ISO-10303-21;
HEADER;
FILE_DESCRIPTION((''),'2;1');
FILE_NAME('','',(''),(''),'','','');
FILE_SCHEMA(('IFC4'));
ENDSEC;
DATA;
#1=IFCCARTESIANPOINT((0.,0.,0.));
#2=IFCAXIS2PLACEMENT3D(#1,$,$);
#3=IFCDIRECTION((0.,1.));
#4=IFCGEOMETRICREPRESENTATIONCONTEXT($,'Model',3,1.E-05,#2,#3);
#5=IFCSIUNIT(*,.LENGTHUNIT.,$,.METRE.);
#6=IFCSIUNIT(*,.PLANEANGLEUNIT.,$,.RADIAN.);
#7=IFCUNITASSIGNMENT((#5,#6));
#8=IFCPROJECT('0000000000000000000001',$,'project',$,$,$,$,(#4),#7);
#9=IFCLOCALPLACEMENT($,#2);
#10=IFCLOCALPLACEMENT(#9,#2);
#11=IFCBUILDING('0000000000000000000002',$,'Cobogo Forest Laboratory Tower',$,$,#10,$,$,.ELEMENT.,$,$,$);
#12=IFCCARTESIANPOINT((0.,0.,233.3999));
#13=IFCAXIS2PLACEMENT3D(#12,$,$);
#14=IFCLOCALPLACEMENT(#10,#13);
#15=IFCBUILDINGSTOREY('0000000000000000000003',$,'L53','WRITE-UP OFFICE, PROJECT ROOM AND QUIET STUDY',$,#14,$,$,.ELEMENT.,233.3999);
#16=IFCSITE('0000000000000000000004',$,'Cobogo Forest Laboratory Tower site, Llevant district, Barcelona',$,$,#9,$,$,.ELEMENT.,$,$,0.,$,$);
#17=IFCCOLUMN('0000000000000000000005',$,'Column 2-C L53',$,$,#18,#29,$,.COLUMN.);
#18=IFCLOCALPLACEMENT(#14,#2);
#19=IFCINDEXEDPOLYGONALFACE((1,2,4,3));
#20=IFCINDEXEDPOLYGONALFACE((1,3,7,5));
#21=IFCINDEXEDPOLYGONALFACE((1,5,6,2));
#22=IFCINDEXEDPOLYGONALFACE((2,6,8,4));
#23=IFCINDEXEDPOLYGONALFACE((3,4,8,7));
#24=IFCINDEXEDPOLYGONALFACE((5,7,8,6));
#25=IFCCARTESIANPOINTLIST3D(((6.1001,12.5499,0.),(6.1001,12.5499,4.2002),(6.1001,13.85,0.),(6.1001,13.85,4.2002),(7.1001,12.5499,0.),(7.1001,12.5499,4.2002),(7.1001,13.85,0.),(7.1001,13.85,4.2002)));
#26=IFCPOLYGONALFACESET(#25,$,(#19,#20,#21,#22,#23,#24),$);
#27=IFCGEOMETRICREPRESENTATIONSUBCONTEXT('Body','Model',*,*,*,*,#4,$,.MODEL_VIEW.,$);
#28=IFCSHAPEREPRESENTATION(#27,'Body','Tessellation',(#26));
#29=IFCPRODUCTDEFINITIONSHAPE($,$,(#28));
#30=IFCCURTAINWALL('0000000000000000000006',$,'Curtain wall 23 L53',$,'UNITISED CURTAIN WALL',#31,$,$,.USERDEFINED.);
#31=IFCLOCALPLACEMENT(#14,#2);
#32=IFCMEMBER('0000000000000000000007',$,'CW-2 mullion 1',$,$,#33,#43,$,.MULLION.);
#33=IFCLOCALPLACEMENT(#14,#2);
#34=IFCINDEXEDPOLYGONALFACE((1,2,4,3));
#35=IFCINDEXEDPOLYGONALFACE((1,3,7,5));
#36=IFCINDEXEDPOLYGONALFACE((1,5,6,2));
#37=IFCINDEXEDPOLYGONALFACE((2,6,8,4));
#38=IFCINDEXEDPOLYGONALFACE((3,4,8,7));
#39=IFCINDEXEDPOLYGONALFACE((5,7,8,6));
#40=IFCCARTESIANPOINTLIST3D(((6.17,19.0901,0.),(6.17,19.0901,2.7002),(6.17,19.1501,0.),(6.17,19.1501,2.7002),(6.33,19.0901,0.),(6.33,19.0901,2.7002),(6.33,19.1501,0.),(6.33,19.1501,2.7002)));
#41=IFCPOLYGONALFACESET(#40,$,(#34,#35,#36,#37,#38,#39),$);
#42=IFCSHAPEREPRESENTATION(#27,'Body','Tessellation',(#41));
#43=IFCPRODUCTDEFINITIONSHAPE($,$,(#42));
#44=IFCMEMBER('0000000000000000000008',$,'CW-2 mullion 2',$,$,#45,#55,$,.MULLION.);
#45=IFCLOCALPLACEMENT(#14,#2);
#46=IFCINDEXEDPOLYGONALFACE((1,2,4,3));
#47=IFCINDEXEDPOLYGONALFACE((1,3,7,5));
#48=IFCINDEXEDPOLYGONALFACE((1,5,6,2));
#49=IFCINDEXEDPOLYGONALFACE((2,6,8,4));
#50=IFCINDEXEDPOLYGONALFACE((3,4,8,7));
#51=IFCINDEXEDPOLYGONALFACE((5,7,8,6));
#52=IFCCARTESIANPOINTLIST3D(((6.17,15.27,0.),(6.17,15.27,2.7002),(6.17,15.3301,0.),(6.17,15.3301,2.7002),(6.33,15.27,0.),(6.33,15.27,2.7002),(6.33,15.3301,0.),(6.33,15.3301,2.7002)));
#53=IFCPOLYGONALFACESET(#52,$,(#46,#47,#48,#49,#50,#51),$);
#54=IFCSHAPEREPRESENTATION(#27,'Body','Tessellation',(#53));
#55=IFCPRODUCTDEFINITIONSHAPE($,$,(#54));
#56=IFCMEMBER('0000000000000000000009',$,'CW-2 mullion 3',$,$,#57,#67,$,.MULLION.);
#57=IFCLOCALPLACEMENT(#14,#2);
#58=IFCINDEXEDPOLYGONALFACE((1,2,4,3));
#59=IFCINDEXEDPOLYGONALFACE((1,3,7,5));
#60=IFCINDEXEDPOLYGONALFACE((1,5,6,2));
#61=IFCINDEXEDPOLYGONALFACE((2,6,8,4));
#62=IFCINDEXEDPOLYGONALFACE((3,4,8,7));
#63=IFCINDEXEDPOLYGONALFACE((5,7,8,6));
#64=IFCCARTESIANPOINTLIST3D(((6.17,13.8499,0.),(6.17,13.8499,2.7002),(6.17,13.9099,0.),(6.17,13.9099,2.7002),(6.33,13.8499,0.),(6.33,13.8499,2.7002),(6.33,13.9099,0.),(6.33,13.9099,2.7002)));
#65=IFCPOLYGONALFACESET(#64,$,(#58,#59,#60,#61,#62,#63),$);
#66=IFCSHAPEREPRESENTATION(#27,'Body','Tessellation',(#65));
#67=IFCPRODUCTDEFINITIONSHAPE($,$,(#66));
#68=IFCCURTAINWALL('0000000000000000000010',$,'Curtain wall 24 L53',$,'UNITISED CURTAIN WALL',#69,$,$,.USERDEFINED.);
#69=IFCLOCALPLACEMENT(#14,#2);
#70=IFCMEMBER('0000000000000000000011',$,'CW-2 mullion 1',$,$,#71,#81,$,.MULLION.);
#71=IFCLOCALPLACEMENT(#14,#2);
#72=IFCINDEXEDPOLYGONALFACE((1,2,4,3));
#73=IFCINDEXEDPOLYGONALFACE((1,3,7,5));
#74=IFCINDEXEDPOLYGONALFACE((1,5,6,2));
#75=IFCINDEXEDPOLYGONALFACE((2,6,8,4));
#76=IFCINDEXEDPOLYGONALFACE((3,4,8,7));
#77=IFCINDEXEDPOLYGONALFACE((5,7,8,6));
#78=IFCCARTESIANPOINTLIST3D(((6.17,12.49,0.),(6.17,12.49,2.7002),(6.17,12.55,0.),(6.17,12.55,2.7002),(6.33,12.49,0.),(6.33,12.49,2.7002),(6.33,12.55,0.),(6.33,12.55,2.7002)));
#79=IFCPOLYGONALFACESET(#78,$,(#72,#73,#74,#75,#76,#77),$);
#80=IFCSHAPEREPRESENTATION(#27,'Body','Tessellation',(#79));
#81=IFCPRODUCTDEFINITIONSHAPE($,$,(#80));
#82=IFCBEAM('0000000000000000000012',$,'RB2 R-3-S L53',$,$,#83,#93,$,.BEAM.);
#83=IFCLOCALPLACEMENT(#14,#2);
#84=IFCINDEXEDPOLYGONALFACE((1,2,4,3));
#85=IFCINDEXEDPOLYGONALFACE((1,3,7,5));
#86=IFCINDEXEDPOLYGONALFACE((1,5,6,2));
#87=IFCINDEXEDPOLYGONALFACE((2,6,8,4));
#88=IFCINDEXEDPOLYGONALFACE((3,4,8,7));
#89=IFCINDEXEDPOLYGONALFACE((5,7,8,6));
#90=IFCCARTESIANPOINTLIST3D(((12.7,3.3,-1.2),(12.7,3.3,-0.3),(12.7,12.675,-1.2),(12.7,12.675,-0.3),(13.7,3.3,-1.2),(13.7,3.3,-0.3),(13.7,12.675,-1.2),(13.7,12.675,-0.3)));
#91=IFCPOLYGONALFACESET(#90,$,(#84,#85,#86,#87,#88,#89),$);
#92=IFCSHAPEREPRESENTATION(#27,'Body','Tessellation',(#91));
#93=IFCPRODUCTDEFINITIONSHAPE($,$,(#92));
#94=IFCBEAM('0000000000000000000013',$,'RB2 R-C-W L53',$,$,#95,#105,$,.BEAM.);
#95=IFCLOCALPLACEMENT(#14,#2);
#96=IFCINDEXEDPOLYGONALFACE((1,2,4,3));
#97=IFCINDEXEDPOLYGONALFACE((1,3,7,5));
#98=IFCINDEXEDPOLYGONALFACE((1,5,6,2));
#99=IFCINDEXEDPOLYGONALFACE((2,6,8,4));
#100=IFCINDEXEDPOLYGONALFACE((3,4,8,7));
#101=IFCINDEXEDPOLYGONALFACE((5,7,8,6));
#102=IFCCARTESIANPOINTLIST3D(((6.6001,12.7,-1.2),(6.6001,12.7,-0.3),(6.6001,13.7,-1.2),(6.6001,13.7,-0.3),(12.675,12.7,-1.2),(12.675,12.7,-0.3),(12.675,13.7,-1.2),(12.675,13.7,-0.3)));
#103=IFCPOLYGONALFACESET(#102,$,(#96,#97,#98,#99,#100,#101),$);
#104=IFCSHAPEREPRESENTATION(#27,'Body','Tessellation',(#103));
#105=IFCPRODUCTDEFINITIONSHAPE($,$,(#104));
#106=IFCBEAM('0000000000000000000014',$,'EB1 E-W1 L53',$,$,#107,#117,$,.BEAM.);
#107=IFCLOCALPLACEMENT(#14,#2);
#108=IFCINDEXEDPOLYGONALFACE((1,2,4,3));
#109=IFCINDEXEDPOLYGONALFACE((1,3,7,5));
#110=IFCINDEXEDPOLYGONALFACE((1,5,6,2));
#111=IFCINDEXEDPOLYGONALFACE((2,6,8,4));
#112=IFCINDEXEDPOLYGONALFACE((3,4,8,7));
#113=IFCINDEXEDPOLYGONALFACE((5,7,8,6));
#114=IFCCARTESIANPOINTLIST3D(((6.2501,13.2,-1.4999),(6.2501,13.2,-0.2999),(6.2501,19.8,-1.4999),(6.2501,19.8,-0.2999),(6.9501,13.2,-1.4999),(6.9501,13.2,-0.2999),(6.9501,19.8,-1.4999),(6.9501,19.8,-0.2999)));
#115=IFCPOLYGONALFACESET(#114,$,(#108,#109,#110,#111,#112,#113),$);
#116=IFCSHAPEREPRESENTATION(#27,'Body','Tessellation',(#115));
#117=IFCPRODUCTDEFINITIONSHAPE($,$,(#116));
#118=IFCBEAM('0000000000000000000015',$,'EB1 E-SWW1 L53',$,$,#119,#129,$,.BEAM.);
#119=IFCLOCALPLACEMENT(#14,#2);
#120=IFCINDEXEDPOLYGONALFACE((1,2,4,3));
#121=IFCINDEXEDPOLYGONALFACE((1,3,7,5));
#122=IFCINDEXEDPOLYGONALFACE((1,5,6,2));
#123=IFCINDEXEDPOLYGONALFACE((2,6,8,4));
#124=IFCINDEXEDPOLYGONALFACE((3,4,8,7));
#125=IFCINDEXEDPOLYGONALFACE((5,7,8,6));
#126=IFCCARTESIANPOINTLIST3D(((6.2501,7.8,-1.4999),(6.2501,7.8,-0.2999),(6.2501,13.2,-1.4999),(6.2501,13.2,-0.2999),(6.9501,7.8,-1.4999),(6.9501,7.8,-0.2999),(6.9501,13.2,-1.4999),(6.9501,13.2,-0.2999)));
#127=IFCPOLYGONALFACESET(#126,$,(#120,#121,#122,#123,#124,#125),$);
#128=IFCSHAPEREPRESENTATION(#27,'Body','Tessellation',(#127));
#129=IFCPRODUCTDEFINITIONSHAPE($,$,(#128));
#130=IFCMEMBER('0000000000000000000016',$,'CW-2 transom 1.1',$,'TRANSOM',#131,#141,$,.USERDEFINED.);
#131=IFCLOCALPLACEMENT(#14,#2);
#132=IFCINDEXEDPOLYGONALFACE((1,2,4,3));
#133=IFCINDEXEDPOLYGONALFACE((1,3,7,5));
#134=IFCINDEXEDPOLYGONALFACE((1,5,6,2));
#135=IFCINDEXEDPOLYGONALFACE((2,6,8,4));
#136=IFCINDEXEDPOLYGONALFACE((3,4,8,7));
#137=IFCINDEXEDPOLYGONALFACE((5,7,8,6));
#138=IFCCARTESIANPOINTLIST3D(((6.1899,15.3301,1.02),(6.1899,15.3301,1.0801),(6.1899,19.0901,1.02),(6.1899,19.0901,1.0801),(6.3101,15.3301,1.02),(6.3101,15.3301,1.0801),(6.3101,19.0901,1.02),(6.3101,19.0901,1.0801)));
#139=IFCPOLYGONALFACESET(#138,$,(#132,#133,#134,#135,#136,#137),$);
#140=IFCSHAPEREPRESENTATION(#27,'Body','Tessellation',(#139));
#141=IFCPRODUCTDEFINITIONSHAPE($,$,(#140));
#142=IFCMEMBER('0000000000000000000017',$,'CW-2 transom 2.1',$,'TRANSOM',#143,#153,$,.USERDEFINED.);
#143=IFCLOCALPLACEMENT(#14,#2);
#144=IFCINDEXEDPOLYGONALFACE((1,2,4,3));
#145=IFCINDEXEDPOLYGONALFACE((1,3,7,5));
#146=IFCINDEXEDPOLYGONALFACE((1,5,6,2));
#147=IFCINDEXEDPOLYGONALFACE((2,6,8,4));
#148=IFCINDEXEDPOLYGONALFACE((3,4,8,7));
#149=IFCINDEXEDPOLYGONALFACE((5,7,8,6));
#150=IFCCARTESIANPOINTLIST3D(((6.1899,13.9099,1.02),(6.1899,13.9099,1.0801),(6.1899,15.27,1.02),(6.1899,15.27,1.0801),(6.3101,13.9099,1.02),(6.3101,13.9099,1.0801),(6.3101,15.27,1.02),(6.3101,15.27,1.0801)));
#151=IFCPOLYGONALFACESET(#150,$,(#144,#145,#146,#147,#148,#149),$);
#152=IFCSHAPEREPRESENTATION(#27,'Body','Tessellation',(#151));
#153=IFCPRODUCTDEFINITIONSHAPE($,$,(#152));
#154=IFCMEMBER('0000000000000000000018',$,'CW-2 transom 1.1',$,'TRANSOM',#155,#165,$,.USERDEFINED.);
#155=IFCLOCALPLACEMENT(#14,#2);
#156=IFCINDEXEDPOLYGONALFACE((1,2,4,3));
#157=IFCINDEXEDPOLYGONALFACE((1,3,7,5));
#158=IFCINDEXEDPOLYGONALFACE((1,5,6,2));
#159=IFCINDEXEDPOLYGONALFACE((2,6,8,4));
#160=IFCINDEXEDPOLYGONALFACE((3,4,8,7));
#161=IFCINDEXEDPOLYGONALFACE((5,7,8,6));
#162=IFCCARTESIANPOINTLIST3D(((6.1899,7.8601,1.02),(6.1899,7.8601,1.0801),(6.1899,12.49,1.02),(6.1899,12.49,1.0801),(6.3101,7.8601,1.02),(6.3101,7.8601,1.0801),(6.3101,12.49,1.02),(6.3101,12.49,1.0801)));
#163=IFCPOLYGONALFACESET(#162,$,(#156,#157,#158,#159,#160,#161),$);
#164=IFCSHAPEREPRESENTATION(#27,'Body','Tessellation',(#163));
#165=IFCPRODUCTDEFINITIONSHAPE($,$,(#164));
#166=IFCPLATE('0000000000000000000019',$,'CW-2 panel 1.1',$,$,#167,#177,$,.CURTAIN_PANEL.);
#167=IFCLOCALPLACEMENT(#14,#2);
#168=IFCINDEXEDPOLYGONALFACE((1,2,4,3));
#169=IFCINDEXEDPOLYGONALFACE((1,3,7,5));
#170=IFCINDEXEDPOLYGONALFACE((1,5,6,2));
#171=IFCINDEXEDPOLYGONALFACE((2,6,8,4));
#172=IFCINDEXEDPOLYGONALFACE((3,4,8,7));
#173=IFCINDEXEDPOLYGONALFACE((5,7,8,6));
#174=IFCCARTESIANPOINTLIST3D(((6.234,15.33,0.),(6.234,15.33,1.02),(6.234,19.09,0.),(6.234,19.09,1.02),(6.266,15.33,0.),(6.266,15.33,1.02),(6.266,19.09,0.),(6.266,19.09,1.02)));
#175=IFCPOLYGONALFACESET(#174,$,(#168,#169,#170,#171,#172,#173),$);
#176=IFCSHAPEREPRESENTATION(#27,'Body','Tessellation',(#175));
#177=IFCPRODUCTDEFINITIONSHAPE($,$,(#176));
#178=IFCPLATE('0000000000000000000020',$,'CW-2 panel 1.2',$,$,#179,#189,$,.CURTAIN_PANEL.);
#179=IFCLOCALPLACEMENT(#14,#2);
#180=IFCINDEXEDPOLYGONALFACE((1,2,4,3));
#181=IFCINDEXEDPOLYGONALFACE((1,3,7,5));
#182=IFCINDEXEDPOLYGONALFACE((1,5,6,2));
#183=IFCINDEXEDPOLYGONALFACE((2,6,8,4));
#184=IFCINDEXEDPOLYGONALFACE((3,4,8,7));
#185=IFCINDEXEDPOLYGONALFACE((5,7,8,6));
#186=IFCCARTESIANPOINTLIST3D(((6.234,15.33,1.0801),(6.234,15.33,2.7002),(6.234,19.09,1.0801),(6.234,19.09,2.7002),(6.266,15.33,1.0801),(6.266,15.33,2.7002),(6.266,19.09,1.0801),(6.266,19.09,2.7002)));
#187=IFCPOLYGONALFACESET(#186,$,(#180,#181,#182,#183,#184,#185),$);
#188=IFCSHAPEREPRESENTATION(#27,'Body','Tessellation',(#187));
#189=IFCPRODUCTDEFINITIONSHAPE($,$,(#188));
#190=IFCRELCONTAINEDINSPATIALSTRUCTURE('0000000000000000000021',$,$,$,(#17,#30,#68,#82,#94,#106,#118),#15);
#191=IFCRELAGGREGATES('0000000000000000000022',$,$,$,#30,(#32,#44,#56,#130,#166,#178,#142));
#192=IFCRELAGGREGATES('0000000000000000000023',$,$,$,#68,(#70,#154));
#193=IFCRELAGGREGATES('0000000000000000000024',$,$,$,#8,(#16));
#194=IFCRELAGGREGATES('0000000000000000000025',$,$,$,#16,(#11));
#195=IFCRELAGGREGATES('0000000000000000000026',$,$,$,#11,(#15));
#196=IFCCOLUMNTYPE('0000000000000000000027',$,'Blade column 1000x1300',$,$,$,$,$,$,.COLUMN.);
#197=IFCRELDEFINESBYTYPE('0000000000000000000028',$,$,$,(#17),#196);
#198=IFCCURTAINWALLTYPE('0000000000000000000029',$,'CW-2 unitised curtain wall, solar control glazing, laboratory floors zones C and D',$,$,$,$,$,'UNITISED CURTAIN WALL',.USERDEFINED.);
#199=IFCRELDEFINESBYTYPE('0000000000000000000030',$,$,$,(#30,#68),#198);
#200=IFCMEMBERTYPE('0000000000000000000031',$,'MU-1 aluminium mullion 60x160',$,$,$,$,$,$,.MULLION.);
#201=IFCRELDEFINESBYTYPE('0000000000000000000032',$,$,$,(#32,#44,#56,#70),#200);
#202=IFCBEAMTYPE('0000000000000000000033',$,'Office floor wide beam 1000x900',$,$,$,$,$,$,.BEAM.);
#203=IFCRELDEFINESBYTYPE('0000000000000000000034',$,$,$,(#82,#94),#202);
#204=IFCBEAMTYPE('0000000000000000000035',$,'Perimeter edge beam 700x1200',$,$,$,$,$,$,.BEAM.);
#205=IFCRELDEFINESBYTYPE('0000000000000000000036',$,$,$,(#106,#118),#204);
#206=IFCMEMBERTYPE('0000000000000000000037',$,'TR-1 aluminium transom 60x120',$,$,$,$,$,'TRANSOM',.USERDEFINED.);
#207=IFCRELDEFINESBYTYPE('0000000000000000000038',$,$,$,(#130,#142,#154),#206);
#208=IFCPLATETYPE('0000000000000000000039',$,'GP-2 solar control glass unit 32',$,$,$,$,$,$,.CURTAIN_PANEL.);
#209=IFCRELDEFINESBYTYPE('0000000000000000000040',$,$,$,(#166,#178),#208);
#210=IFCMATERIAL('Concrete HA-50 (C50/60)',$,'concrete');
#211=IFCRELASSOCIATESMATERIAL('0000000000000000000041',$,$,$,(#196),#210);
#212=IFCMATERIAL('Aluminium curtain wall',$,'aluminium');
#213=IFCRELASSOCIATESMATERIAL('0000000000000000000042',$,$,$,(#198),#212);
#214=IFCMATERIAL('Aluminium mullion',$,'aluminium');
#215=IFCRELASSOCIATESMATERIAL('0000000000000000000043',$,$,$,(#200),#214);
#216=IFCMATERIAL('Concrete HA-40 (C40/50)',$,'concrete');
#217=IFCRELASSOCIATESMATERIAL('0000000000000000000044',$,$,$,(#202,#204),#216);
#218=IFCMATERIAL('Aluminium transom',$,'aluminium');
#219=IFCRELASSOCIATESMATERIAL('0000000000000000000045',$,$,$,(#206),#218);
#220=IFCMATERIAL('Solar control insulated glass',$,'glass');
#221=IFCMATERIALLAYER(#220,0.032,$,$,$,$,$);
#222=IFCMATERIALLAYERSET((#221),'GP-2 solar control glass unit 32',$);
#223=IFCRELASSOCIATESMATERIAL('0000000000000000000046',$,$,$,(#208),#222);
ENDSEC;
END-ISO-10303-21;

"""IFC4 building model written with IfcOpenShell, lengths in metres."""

from ifc_helpers import new_model, si_unit, direction, frame, origin, origin_2d, place, context, subcontext, project, spatial, rectangle, extrude, material, layer, layer_set, material_profile, profile_set, type_object, element, aggregate, save


model = new_model("IFC4")

# Units and contexts
model_context = context("Model", 3, precision=1e-05, world=origin(), true_north=direction((0.0, 1.0)))
body_context = subcontext(model_context, "Body", "Model", "MODEL_VIEW")
ifc_project = project(units=[si_unit("LENGTHUNIT", "METRE"), si_unit("PLANEANGLEUNIT", "RADIAN")], contexts=[model_context])

# Site, building, storey
site_placement = place(None, origin())
site = spatial("IfcSite", under=ifc_project, at=site_placement, Name="Cobogo Forest Laboratory Tower site, Llevant district, Barcelona", CompositionType="ELEMENT", RefElevation=0.0)
building_placement = place(site_placement, origin())
building = spatial("IfcBuilding", under=site, at=building_placement, Name="Cobogo Forest Laboratory Tower", CompositionType="ELEMENT")
storey_placement = place(building_placement, frame((0.0, 0.0, 233.3999)))
storey = spatial("IfcBuildingStorey", under=building, at=storey_placement, Name="L53", Description="WRITE-UP OFFICE, PROJECT ROOM AND QUIET STUDY", CompositionType="ELEMENT", Elevation=233.3999)

# Column
ifc_material_1 = material(Name="Concrete HA-50 (C50/60)", Category="concrete")
ifc_material_profile_1 = material_profile(ifc_material_1, rectangle(XDim=1.3, YDim=1.0, at=origin_2d()), Name="RC 1000x1300")
ifc_profile_set_1 = profile_set([ifc_material_profile_1], Name="Concrete HA-50 (C50/60)")
column_type = type_object("IfcColumnType", Name="Blade column 1000x1300", PredefinedType="COLUMN", material=ifc_profile_set_1)
column_placement = place(storey_placement, frame((6.6001, 13.2, 0.0), z_axis=(0.0, 0.0, 1.0), x_axis=(0.0, 1.0, 0.0)))
element("IfcColumn", 1, at=column_placement, inside=storey, type_object=column_type, Name="Column 2-C L53", PredefinedType="COLUMN", context=body_context, shape_type="SweptSolid", body=[
    extrude(rectangle(XDim=1.3, YDim=1.0, at=origin_2d()), origin(), (0.0, 0.0, 1.0), 4.2002),
])

# Curtain wall, members
ifc_material_2 = material(Name="Aluminium curtain wall", Category="aluminium")
curtain_wall_type = type_object("IfcCurtainWallType", Name="CW-2 unitised curtain wall, solar control glazing, laboratory floors zones C and D", ElementType="UNITISED CURTAIN WALL", PredefinedType="USERDEFINED", material=ifc_material_2)
curtain_wall_1_placement = place(storey_placement, origin())
curtain_wall_1 = element("IfcCurtainWall", 2, at=curtain_wall_1_placement, inside=storey, type_object=curtain_wall_type, Name="Curtain wall 23 L53", ObjectType="UNITISED CURTAIN WALL", PredefinedType="USERDEFINED")
ifc_material_3 = material(Name="Aluminium mullion", Category="aluminium")
ifc_material_profile_2 = material_profile(ifc_material_3, rectangle(XDim=0.0601, YDim=0.1599, at=origin_2d()), Name="AL 60x160")
ifc_profile_set_2 = profile_set([ifc_material_profile_2], Name="Aluminium mullion")
member_type_1 = type_object("IfcMemberType", Name="MU-1 aluminium mullion 60x160", PredefinedType="MULLION", material=ifc_profile_set_2)
member_1_placement = place(storey_placement, frame((6.25, 19.1201, 0.0), z_axis=(0.0, 0.0, 1.0), x_axis=(0.0, -1.0, 0.0)))
member_1 = element("IfcMember", 3, at=member_1_placement, type_object=member_type_1, Name="CW-2 mullion 1", PredefinedType="MULLION", context=body_context, shape_type="SweptSolid", body=[
    extrude(rectangle(XDim=0.0601, YDim=0.1599, at=origin_2d()), origin(), (0.0, 0.0, 1.0), 2.7002),
])
member_2_placement = place(storey_placement, frame((6.25, 15.3, 0.0), z_axis=(0.0, 0.0, 1.0), x_axis=(0.0, -1.0, 0.0)))
member_2 = element("IfcMember", 4, at=member_2_placement, type_object=member_type_1, Name="CW-2 mullion 2", PredefinedType="MULLION", context=body_context, shape_type="SweptSolid", body=[
    extrude(rectangle(XDim=0.0601, YDim=0.1599, at=origin_2d()), origin(), (0.0, 0.0, 1.0), 2.7002),
])
member_3_placement = place(storey_placement, frame((6.25, 13.8799, 0.0), z_axis=(0.0, 0.0, 1.0), x_axis=(0.0, -1.0, 0.0)))
member_3 = element("IfcMember", 5, at=member_3_placement, type_object=member_type_1, Name="CW-2 mullion 3", PredefinedType="MULLION", context=body_context, shape_type="SweptSolid", body=[
    extrude(rectangle(XDim=0.0601, YDim=0.1599, at=origin_2d()), origin(), (0.0, 0.0, 1.0), 2.7002),
])

# Curtain wall, member
curtain_wall_2_placement = place(storey_placement, origin())
curtain_wall_2 = element("IfcCurtainWall", 6, at=curtain_wall_2_placement, inside=storey, type_object=curtain_wall_type, Name="Curtain wall 24 L53", ObjectType="UNITISED CURTAIN WALL", PredefinedType="USERDEFINED")
member_4_placement = place(storey_placement, frame((6.25, 12.52, 0.0), z_axis=(0.0, 0.0, 1.0), x_axis=(0.0, -1.0, 0.0)))
member_4 = element("IfcMember", 7, at=member_4_placement, type_object=member_type_1, Name="CW-2 mullion 1", PredefinedType="MULLION", context=body_context, shape_type="SweptSolid", body=[
    extrude(rectangle(XDim=0.0601, YDim=0.1599, at=origin_2d()), origin(), (0.0, 0.0, 1.0), 2.7002),
])

# Beams
ifc_material_4 = material(Name="Concrete HA-40 (C40/50)", Category="concrete")
ifc_material_profile_3 = material_profile(ifc_material_4, rectangle(XDim=1.0, YDim=0.8999, at=origin_2d()), Name="RC 1000x900")
ifc_profile_set_3 = profile_set([ifc_material_profile_3], Name="Concrete HA-40 (C40/50)")
beam_type_1 = type_object("IfcBeamType", Name="Office floor wide beam 1000x900", PredefinedType="BEAM", material=ifc_profile_set_3)
beam_1_placement = place(storey_placement, frame((13.2, 12.675, -0.75), z_axis=(0.0, -1.0, 0.0), x_axis=(1.0, 0.0, 0.0)))
element("IfcBeam", 8, at=beam_1_placement, inside=storey, type_object=beam_type_1, Name="RB2 R-3-S L53", PredefinedType="BEAM", context=body_context, shape_type="SweptSolid", body=[
    extrude(rectangle(XDim=1.0, YDim=0.8999, at=origin_2d()), origin(), (0.0, 0.0, 1.0), 9.375),
])
beam_2_placement = place(storey_placement, frame((12.675, 13.2, -0.75), z_axis=(-1.0, 0.0, 0.0), x_axis=(0.0, -1.0, 0.0)))
element("IfcBeam", 9, at=beam_2_placement, inside=storey, type_object=beam_type_1, Name="RB2 R-C-W L53", PredefinedType="BEAM", context=body_context, shape_type="SweptSolid", body=[
    extrude(rectangle(XDim=1.0, YDim=0.8999, at=origin_2d()), origin(), (0.0, 0.0, 1.0), 6.075),
])
ifc_material_profile_4 = material_profile(ifc_material_4, rectangle(XDim=0.7, YDim=1.2, at=origin_2d()), Name="RC 700x1200")
ifc_profile_set_4 = profile_set([ifc_material_profile_4], Name="Concrete HA-40 (C40/50)")
beam_type_2 = type_object("IfcBeamType", Name="Perimeter edge beam 700x1200", PredefinedType="BEAM", material=ifc_profile_set_4)
beam_3_placement = place(storey_placement, frame((6.6001, 13.2, -0.8999), z_axis=(0.0, 1.0, 0.0), x_axis=(-1.0, 0.0, 0.0)))
element("IfcBeam", 10, at=beam_3_placement, inside=storey, type_object=beam_type_2, Name="EB1 E-W1 L53", PredefinedType="BEAM", context=body_context, shape_type="SweptSolid", body=[
    extrude(rectangle(XDim=0.7, YDim=1.2, at=origin_2d()), origin(), (0.0, 0.0, 1.0), 6.6001),
])
beam_4_placement = place(storey_placement, frame((6.6001, 13.2, -0.8999), z_axis=(0.0, -1.0, 0.0), x_axis=(1.0, 0.0, 0.0)))
element("IfcBeam", 11, at=beam_4_placement, inside=storey, type_object=beam_type_2, Name="EB1 E-SWW1 L53", PredefinedType="BEAM", context=body_context, shape_type="SweptSolid", body=[
    extrude(rectangle(XDim=0.7, YDim=1.2, at=origin_2d()), origin(), (0.0, 0.0, 1.0), 5.3999),
])

# Members
ifc_material_5 = material(Name="Aluminium transom", Category="aluminium")
ifc_material_profile_5 = material_profile(ifc_material_5, rectangle(XDim=0.1201, YDim=0.0601, at=origin_2d()), Name="AL 60x120")
ifc_profile_set_5 = profile_set([ifc_material_profile_5], Name="Aluminium transom")
member_type_2 = type_object("IfcMemberType", Name="TR-1 aluminium transom 60x120", ElementType="TRANSOM", PredefinedType="USERDEFINED", material=ifc_profile_set_5)
member_5_placement = place(storey_placement, frame((6.25, 19.0901, 1.05), z_axis=(0.0, -1.0, 0.0), x_axis=(1.0, 0.0, 0.0)))
member_5 = element("IfcMember", 12, at=member_5_placement, type_object=member_type_2, Name="CW-2 transom 1.1", ObjectType="TRANSOM", PredefinedType="USERDEFINED", context=body_context, shape_type="SweptSolid", body=[
    extrude(rectangle(XDim=0.1201, YDim=0.0601, at=origin_2d()), origin(), (0.0, 0.0, 1.0), 3.76),
])
member_6_placement = place(storey_placement, frame((6.25, 15.27, 1.05), z_axis=(0.0, -1.0, 0.0), x_axis=(1.0, 0.0, 0.0)))
member_6 = element("IfcMember", 13, at=member_6_placement, type_object=member_type_2, Name="CW-2 transom 2.1", ObjectType="TRANSOM", PredefinedType="USERDEFINED", context=body_context, shape_type="SweptSolid", body=[
    extrude(rectangle(XDim=0.1201, YDim=0.0601, at=origin_2d()), origin(), (0.0, 0.0, 1.0), 1.3601),
])
member_7_placement = place(storey_placement, frame((6.25, 12.49, 1.05), z_axis=(0.0, -1.0, 0.0), x_axis=(1.0, 0.0, 0.0)))
member_7 = element("IfcMember", 14, at=member_7_placement, type_object=member_type_2, Name="CW-2 transom 1.1", ObjectType="TRANSOM", PredefinedType="USERDEFINED", context=body_context, shape_type="SweptSolid", body=[
    extrude(rectangle(XDim=0.1201, YDim=0.0601, at=origin_2d()), origin(), (0.0, 0.0, 1.0), 4.6299),
])

# Plates
ifc_material_6 = material(Name="Solar control insulated glass", Category="glass")
ifc_layer_1 = layer(ifc_material_6, 0.032)
ifc_layer_set_1 = layer_set([ifc_layer_1], Name="GP-2 solar control glass unit 32")
plate_type_1 = type_object("IfcPlateType", Name="GP-2 solar control glass unit 32", PredefinedType="CURTAIN_PANEL", material=ifc_layer_set_1)
plate_1_placement = place(storey_placement, frame((6.25, 17.21, 0.0), z_axis=(0.0, 0.0, 1.0), x_axis=(0.0, -1.0, 0.0)))
plate_1 = element("IfcPlate", 15, at=plate_1_placement, type_object=plate_type_1, Name="CW-2 panel 1.1", PredefinedType="CURTAIN_PANEL", context=body_context, shape_type="SweptSolid", body=[
    extrude(rectangle(XDim=3.76, YDim=0.032, at=origin_2d()), origin(), (0.0, 0.0, 1.0), 1.02),
])
plate_2_placement = place(storey_placement, frame((6.25, 17.21, 1.0801), z_axis=(0.0, 0.0, 1.0), x_axis=(0.0, -1.0, 0.0)))
plate_2 = element("IfcPlate", 16, at=plate_2_placement, type_object=plate_type_1, Name="CW-2 panel 1.2", PredefinedType="CURTAIN_PANEL", context=body_context, shape_type="SweptSolid", body=[
    extrude(rectangle(XDim=3.76, YDim=0.032, at=origin_2d()), origin(), (0.0, 0.0, 1.0), 1.6201),
])
aggregate(curtain_wall_1, [member_1, member_2, member_3, member_5, plate_1, plate_2, member_6])
aggregate(curtain_wall_2, [member_4, member_7])

save(model, "model.ifc")
